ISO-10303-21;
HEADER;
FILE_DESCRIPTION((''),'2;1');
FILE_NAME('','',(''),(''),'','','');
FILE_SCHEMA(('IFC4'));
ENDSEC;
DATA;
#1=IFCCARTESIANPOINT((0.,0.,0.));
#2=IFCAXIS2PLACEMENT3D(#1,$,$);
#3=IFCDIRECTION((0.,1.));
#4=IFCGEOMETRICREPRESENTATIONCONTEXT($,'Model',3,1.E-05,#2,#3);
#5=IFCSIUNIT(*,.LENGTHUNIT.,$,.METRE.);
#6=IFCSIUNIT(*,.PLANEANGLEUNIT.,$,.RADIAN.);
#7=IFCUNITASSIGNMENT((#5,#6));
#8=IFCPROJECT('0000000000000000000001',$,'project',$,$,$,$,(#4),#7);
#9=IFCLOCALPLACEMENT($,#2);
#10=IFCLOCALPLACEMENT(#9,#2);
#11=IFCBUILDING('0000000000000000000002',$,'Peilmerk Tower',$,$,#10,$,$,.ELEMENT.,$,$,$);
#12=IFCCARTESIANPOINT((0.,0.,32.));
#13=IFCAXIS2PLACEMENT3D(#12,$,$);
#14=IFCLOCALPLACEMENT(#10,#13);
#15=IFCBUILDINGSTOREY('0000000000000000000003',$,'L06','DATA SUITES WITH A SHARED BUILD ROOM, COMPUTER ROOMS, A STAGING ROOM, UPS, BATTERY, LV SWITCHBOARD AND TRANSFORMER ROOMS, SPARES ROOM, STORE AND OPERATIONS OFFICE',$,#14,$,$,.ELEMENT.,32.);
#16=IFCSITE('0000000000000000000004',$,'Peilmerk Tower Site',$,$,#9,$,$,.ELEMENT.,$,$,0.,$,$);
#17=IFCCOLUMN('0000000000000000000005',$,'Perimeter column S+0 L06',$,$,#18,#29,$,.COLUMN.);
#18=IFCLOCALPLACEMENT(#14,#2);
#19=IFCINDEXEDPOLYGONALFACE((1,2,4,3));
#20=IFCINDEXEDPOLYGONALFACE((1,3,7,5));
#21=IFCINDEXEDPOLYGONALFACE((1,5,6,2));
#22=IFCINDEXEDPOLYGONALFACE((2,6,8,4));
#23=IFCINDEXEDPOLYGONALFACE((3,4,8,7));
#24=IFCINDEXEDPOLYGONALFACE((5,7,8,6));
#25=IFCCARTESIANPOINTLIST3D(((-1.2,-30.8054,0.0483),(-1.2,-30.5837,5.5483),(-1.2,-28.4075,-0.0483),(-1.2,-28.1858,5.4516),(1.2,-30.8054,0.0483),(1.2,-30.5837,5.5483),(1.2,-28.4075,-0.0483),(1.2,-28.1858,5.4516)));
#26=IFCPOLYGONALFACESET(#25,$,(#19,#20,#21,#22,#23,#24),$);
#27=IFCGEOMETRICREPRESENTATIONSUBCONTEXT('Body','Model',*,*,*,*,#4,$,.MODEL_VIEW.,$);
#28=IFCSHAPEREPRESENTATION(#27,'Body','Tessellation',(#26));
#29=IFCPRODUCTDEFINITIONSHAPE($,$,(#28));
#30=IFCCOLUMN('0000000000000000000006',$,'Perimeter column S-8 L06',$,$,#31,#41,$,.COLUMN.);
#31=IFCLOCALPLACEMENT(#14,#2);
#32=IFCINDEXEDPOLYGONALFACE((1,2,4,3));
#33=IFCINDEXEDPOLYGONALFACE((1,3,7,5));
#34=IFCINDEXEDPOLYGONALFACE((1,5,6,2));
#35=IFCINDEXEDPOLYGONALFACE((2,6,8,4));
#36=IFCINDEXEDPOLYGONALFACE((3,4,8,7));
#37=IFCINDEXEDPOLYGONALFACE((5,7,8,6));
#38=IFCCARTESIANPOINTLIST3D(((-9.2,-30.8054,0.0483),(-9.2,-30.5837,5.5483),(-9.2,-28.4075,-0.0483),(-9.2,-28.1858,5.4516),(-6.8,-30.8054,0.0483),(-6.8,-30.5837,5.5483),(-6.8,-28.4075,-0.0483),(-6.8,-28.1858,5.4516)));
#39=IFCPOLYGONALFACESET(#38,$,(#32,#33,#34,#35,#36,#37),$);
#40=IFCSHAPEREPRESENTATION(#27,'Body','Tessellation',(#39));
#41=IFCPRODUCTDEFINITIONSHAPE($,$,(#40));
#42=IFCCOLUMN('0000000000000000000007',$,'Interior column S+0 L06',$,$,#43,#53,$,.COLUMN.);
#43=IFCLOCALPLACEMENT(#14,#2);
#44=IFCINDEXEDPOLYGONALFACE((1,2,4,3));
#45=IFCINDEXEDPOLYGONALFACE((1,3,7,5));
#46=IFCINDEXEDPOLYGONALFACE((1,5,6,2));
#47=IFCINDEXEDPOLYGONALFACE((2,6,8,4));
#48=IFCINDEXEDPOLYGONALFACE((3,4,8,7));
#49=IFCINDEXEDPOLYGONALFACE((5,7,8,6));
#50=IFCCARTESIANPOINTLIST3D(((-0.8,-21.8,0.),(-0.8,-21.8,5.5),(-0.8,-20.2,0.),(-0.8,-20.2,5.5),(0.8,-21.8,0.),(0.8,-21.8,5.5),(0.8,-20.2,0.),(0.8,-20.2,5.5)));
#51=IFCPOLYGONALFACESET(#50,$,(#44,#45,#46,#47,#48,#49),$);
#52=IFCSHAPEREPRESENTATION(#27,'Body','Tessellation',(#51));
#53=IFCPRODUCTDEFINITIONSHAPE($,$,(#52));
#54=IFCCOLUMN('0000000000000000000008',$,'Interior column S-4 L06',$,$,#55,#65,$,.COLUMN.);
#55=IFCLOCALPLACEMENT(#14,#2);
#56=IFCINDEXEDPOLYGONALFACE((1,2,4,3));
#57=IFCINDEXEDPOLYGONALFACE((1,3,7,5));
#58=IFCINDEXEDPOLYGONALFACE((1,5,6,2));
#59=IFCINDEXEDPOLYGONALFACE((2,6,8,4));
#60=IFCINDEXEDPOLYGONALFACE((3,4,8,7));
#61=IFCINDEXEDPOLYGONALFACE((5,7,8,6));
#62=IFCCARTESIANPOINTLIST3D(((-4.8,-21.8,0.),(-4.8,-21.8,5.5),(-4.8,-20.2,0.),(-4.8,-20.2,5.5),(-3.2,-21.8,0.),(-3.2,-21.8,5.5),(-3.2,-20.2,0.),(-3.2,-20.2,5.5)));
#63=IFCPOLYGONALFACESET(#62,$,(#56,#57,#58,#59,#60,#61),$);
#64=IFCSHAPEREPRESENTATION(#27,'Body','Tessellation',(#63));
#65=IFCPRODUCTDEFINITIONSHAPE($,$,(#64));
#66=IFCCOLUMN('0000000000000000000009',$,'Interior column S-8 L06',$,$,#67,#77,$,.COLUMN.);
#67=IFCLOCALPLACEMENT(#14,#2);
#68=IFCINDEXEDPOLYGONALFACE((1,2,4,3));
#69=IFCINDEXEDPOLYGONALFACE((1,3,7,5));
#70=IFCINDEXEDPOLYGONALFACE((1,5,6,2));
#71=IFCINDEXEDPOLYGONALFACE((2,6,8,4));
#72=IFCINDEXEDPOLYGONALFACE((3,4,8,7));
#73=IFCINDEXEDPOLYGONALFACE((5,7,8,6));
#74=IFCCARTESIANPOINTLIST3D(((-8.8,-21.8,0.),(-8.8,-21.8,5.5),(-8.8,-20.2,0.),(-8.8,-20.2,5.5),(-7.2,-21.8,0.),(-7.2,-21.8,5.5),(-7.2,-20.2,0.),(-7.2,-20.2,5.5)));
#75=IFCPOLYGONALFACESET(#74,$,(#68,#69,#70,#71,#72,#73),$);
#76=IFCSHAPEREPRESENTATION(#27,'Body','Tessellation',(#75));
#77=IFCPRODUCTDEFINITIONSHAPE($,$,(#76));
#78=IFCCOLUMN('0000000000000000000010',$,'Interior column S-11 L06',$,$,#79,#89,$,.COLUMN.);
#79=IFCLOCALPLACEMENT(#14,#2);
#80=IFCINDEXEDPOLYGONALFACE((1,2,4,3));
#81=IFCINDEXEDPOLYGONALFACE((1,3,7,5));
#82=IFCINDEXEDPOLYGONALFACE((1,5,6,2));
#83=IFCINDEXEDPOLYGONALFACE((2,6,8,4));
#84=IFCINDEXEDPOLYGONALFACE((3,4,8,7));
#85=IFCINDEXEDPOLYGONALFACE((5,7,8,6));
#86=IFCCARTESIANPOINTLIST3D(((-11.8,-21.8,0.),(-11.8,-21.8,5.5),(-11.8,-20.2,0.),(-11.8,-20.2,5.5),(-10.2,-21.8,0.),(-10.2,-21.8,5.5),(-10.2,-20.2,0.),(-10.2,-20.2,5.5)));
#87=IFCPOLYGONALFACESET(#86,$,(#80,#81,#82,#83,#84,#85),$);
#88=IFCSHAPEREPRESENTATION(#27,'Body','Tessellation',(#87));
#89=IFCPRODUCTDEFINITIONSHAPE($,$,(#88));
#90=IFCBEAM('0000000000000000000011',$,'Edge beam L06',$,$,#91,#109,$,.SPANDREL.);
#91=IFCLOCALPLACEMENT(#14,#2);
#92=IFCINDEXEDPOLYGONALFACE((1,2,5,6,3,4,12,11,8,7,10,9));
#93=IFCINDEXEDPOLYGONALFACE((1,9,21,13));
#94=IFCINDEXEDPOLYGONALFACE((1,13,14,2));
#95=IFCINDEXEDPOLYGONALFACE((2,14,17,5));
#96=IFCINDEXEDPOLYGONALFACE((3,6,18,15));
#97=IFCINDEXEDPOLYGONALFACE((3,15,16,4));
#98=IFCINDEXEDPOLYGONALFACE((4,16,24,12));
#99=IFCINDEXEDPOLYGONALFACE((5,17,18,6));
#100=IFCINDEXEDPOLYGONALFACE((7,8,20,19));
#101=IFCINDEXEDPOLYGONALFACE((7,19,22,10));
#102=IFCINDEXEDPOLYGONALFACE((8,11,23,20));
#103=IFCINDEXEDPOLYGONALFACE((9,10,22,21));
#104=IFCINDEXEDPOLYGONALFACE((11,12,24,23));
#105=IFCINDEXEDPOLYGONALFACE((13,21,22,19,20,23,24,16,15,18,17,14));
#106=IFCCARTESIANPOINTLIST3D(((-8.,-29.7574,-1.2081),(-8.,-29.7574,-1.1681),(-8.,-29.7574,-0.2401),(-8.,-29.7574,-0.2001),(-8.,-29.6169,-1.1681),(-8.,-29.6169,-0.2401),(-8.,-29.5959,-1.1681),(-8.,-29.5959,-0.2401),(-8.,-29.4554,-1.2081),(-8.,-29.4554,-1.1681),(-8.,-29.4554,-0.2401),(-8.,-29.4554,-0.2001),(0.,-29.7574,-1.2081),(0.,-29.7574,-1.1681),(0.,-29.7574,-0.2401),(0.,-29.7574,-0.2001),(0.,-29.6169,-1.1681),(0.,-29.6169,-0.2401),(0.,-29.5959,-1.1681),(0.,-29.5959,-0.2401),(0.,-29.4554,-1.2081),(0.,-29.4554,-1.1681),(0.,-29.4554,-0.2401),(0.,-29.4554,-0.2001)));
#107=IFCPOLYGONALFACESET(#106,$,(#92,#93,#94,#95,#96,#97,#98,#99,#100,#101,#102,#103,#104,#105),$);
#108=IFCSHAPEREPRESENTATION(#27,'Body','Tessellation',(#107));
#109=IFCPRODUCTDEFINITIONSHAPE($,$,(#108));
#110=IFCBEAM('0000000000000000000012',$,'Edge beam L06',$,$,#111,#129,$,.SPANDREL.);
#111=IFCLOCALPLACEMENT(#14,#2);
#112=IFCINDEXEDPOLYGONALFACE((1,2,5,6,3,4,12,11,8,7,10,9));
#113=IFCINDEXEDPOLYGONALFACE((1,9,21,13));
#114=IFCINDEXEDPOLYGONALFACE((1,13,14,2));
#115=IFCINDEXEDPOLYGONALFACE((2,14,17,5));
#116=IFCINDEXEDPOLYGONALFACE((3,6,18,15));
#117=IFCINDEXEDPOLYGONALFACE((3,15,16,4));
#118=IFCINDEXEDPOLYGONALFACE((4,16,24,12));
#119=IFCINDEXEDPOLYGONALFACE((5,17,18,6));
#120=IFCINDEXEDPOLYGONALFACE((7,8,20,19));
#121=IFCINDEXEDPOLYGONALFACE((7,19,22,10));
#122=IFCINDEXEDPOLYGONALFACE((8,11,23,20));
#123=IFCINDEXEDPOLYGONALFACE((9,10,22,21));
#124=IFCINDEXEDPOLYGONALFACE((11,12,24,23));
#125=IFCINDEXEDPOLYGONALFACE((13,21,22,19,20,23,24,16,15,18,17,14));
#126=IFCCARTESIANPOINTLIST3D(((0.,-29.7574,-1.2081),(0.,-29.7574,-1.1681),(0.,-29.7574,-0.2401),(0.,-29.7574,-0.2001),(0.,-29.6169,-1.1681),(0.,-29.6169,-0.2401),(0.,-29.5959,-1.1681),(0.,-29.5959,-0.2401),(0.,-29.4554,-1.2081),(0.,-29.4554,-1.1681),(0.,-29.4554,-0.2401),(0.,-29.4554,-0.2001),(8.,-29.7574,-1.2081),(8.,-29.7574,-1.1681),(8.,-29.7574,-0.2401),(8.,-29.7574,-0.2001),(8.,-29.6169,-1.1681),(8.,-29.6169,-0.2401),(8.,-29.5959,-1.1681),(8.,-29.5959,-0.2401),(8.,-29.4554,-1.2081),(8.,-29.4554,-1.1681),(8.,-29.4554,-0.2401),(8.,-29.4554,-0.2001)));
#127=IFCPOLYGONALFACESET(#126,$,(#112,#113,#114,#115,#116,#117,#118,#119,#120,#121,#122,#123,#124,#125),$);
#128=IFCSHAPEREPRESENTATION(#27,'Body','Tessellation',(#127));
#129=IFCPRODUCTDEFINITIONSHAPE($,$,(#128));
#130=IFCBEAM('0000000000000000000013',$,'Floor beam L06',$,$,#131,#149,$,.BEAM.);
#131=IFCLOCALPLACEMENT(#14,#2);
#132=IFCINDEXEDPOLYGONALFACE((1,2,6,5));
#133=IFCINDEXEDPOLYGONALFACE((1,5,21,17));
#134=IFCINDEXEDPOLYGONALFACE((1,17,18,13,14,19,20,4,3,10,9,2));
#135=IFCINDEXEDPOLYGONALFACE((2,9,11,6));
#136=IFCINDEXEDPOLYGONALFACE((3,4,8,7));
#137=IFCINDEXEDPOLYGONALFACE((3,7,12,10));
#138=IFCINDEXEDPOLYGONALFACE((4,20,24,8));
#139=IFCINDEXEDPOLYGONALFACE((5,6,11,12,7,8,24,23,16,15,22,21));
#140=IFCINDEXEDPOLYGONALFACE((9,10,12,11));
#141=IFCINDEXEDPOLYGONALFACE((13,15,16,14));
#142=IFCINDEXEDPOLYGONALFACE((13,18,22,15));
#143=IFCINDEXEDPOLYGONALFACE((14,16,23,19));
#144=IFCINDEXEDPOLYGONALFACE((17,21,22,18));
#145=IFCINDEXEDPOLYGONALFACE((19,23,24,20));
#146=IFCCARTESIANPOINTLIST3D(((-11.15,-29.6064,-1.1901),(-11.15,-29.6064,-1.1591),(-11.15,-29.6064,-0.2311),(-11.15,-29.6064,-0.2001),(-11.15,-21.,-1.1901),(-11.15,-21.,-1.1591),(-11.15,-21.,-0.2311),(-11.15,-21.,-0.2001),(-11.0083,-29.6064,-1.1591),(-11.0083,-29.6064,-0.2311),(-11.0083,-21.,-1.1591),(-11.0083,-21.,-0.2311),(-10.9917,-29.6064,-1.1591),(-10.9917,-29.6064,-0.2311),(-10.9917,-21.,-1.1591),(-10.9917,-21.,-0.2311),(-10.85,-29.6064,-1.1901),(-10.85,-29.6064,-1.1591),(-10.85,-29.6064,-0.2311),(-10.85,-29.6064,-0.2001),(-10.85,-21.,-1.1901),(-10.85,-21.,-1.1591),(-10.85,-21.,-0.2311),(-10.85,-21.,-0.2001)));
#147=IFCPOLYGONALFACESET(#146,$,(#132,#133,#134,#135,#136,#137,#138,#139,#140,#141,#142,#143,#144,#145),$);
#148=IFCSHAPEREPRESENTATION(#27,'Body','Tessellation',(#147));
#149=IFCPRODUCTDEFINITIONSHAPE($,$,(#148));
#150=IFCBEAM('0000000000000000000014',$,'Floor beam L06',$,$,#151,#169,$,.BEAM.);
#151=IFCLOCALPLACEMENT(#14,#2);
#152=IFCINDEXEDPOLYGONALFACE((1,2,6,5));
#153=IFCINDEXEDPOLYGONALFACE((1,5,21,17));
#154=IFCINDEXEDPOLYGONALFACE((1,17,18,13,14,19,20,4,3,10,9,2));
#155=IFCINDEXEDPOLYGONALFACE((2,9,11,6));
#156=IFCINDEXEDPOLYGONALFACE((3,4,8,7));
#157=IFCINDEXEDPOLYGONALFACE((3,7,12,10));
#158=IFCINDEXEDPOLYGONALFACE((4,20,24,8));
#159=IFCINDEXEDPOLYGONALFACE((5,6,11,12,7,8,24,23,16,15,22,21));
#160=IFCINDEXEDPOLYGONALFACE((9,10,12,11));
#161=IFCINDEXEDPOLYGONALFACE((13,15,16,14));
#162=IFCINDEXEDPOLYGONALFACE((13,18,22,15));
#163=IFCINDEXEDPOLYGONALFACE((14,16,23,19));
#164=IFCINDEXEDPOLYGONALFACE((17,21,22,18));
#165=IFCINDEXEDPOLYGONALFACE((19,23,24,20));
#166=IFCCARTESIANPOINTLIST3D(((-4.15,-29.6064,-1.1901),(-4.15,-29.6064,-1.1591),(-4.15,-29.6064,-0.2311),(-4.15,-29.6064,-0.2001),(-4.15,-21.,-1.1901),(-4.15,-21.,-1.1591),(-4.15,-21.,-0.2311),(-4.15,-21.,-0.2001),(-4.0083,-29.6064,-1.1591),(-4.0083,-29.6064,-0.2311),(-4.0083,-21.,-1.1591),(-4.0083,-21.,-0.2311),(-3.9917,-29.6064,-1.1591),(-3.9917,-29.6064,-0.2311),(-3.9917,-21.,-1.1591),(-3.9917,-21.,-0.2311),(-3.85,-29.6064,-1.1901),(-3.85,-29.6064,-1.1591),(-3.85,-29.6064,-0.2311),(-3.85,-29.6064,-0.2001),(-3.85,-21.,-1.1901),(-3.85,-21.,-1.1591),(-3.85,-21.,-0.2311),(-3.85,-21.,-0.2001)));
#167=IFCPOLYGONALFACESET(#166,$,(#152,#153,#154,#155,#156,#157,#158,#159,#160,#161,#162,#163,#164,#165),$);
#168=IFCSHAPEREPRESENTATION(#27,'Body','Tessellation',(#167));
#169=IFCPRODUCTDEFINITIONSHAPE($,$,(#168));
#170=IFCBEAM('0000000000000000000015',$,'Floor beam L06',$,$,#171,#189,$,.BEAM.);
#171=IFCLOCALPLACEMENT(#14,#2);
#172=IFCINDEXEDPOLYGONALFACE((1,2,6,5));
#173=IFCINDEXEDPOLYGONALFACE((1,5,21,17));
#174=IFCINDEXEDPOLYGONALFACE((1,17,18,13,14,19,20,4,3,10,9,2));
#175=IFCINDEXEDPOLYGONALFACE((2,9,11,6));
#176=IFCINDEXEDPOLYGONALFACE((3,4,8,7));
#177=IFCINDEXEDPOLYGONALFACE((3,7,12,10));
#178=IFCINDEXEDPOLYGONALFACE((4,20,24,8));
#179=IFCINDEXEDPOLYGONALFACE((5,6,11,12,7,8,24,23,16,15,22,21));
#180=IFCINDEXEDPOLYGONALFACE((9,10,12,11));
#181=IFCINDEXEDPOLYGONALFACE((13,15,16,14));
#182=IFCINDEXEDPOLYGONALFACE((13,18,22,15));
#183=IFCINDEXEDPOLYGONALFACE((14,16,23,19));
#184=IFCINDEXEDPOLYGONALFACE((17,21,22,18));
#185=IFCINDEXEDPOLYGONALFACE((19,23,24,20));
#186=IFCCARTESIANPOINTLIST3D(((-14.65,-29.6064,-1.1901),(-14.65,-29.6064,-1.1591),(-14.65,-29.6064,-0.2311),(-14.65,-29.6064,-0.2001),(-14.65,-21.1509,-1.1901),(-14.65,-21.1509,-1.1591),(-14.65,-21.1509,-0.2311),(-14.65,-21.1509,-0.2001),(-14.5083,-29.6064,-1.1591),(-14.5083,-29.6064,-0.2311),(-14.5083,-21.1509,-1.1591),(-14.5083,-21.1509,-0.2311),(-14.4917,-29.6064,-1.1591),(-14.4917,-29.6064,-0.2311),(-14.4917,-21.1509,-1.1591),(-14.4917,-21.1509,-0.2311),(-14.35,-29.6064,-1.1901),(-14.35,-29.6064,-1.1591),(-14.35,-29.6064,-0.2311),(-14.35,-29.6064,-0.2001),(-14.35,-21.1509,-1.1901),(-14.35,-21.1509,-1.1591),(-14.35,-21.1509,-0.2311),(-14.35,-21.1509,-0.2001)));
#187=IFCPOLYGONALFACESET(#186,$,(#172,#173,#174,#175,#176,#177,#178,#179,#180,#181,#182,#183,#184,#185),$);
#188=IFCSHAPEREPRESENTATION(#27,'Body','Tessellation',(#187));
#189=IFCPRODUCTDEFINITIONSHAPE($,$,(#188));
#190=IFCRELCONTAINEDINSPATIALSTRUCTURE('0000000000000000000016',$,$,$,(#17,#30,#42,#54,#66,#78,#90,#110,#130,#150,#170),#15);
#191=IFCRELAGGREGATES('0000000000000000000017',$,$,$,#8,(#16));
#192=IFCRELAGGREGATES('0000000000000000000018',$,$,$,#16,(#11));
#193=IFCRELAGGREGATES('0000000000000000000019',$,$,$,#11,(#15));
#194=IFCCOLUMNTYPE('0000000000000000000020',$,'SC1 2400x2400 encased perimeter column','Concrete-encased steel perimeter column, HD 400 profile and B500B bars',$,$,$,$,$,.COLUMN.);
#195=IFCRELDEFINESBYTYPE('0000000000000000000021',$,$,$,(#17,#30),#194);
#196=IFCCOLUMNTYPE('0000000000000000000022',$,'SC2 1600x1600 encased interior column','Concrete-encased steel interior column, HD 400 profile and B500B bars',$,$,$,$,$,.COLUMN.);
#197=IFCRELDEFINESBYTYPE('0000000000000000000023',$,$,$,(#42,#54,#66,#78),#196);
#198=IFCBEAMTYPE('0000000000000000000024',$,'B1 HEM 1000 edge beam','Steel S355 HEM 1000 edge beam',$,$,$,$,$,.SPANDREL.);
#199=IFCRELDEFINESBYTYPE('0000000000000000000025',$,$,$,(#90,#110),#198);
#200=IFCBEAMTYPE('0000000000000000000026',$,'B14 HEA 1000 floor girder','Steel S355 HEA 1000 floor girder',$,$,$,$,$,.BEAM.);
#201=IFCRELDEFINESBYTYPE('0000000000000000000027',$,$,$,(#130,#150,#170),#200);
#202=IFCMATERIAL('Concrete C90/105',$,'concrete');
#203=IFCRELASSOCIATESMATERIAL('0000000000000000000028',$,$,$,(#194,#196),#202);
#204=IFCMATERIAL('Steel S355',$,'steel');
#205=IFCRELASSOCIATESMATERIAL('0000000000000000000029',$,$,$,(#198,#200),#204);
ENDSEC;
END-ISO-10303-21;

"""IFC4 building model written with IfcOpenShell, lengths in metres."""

from ifc_helpers import new_model, si_unit, direction, frame, origin, origin_2d, place, context, subcontext, project, spatial, rectangle, i_section, extrude, material, material_profile, profile_set, type_object, element, save


model = new_model("IFC4")

# Units and contexts
model_context = context("Model", 3, precision=1e-05, world=origin(), true_north=direction((0.0, 1.0)))
body_context = subcontext(model_context, "Body", "Model", "MODEL_VIEW")
ifc_project = project(units=[si_unit("LENGTHUNIT", "METRE"), si_unit("PLANEANGLEUNIT", "RADIAN")], contexts=[model_context])

# Site, building, storey
site_placement = place(None, origin())
site = spatial("IfcSite", under=ifc_project, at=site_placement, Name="Peilmerk Tower Site", CompositionType="ELEMENT", RefElevation=0.0)
building_placement = place(site_placement, origin())
building = spatial("IfcBuilding", under=site, at=building_placement, Name="Peilmerk Tower", CompositionType="ELEMENT")
storey_placement = place(building_placement, frame((0.0, 0.0, 32.0)))
storey = spatial("IfcBuildingStorey", under=building, at=storey_placement, Name="L06", Description="DATA SUITES WITH A SHARED BUILD ROOM, COMPUTER ROOMS, A STAGING ROOM, UPS, BATTERY, LV SWITCHBOARD AND TRANSFORMER ROOMS, SPARES ROOM, STORE AND OPERATIONS OFFICE", CompositionType="ELEMENT", Elevation=32.0)

# Columns
ifc_material_1 = material(Name="Concrete C90/105", Category="concrete")
ifc_material_profile_1 = material_profile(ifc_material_1, rectangle(XDim=2.3999, YDim=2.3999, at=origin_2d()), Name="RC 2400x2400")
ifc_profile_set_1 = profile_set([ifc_material_profile_1], Name="Concrete C90/105")
column_type_1 = type_object("IfcColumnType", Name="SC1 2400x2400 encased perimeter column", Description="Concrete-encased steel perimeter column, HD 400 profile and B500B bars", PredefinedType="COLUMN", material=ifc_profile_set_1)
for number, where, z_axis, x_axis, name in (
    (1, (0.0, -29.6064, 0.0), (0.0, 0.040273, 0.999189), (-1.0, 0.0, 0.0), "Perimeter column S+0 L06"),
    (2, (-8.0, -29.6064, 0.0), (0.0, 0.040273, 0.999189), (-1.0, 0.0, 0.0), "Perimeter column S-8 L06"),
):
    element("IfcColumn", number, at=place(storey_placement, frame(where, z_axis=z_axis, x_axis=x_axis)), inside=storey, type_object=column_type_1, Name=name, PredefinedType="COLUMN", context=body_context, shape_type="SweptSolid", body=[
        extrude(rectangle(XDim=2.3999, YDim=2.3999, at=origin_2d()), origin(), (0.0, 0.0, 1.0), 5.5044),
    ])
ifc_material_profile_2 = material_profile(ifc_material_1, rectangle(XDim=1.6001, YDim=1.6001, at=origin_2d()), Name="RC 1600x1600")
ifc_profile_set_2 = profile_set([ifc_material_profile_2], Name="Concrete C90/105")
column_type_2 = type_object("IfcColumnType", Name="SC2 1600x1600 encased interior column", Description="Concrete-encased steel interior column, HD 400 profile and B500B bars", PredefinedType="COLUMN", material=ifc_profile_set_2)
for number, where, z_axis, x_axis, name in (
    (3, (0.0, -21.0, 0.0), (0.0, 0.0, 1.0), (1.0, 0.0, 0.0), "Interior column S+0 L06"),
    (4, (-4.0, -21.0, 0.0), (0.0, 0.0, 1.0), (1.0, 0.0, 0.0), "Interior column S-4 L06"),
    (5, (-8.0, -21.0, 0.0), (0.0, 0.0, 1.0), (1.0, 0.0, 0.0), "Interior column S-8 L06"),
    (6, (-11.0, -21.0, 0.0), (0.0, 0.0, 1.0), (1.0, 0.0, 0.0), "Interior column S-11 L06"),
):
    element("IfcColumn", number, at=place(storey_placement, frame(where, z_axis=z_axis, x_axis=x_axis)), inside=storey, type_object=column_type_2, Name=name, PredefinedType="COLUMN", context=body_context, shape_type="SweptSolid", body=[
        extrude(rectangle(XDim=1.6001, YDim=1.6001, at=origin_2d()), origin(), (0.0, 0.0, 1.0), 5.5),
    ])

# Beams
ifc_material_2 = material(Name="Steel S355", Category="steel")
ifc_material_profile_3 = material_profile(ifc_material_2, i_section(OverallWidth=0.302, OverallDepth=1.0081, WebThickness=0.021, FlangeThickness=0.04, at=origin_2d()), Name="HEM 1000")
ifc_profile_set_3 = profile_set([ifc_material_profile_3], Name="Steel S355")
beam_type_1 = type_object("IfcBeamType", Name="B1 HEM 1000 edge beam", Description="Steel S355 HEM 1000 edge beam", PredefinedType="SPANDREL", material=ifc_profile_set_3)
for number, where, z_axis, x_axis, name in (
    (7, (-8.0, -29.6064, -0.7041), (1.0, 0.0, 0.0), (0.0, 1.0, 0.0), "Edge beam L06"),
    (8, (0.0, -29.6064, -0.7041), (1.0, 0.0, 0.0), (0.0, 1.0, 0.0), "Edge beam L06"),
):
    element("IfcBeam", number, at=place(storey_placement, frame(where, z_axis=z_axis, x_axis=x_axis)), inside=storey, type_object=beam_type_1, Name=name, PredefinedType="SPANDREL", context=body_context, shape_type="SweptSolid", body=[
        extrude(i_section(OverallWidth=0.302, OverallDepth=1.0081, WebThickness=0.021, FlangeThickness=0.04, at=origin_2d()), origin(), (0.0, 0.0, 1.0), 8.0),
    ])
ifc_material_profile_4 = material_profile(ifc_material_2, i_section(OverallWidth=0.3, OverallDepth=0.99, WebThickness=0.0166, FlangeThickness=0.031, at=origin_2d()), Name="HEA 1000")
ifc_profile_set_4 = profile_set([ifc_material_profile_4], Name="Steel S355")
beam_type_2 = type_object("IfcBeamType", Name="B14 HEA 1000 floor girder", Description="Steel S355 HEA 1000 floor girder", PredefinedType="BEAM", material=ifc_profile_set_4)
for number, where, z_axis, x_axis, name in (
    (9, (-11.0, -21.0, -0.6951), (0.0, -1.0, 0.0), (1.0, 0.0, 0.0), "Floor beam L06"),
    (10, (-4.0, -21.0, -0.6951), (0.0, -1.0, 0.0), (1.0, 0.0, 0.0), "Floor beam L06"),
):
    element("IfcBeam", number, at=place(storey_placement, frame(where, z_axis=z_axis, x_axis=x_axis)), inside=storey, type_object=beam_type_2, Name=name, PredefinedType="BEAM", context=body_context, shape_type="SweptSolid", body=[
        extrude(i_section(OverallWidth=0.3, OverallDepth=0.99, WebThickness=0.0166, FlangeThickness=0.031, at=origin_2d()), origin(), (0.0, 0.0, 1.0), 8.6064),
    ])
beam_1_placement = place(storey_placement, frame((-14.5, -21.1509, -0.6951), z_axis=(0.0, -1.0, 0.0), x_axis=(1.0, 0.0, 0.0)))
element("IfcBeam", 11, at=beam_1_placement, inside=storey, type_object=beam_type_2, Name="Floor beam L06", PredefinedType="BEAM", context=body_context, shape_type="SweptSolid", body=[
    extrude(i_section(OverallWidth=0.3, OverallDepth=0.99, WebThickness=0.0166, FlangeThickness=0.031, at=origin_2d()), origin(), (0.0, 0.0, 1.0), 8.4556),
])

save(model, "model.ifc")
